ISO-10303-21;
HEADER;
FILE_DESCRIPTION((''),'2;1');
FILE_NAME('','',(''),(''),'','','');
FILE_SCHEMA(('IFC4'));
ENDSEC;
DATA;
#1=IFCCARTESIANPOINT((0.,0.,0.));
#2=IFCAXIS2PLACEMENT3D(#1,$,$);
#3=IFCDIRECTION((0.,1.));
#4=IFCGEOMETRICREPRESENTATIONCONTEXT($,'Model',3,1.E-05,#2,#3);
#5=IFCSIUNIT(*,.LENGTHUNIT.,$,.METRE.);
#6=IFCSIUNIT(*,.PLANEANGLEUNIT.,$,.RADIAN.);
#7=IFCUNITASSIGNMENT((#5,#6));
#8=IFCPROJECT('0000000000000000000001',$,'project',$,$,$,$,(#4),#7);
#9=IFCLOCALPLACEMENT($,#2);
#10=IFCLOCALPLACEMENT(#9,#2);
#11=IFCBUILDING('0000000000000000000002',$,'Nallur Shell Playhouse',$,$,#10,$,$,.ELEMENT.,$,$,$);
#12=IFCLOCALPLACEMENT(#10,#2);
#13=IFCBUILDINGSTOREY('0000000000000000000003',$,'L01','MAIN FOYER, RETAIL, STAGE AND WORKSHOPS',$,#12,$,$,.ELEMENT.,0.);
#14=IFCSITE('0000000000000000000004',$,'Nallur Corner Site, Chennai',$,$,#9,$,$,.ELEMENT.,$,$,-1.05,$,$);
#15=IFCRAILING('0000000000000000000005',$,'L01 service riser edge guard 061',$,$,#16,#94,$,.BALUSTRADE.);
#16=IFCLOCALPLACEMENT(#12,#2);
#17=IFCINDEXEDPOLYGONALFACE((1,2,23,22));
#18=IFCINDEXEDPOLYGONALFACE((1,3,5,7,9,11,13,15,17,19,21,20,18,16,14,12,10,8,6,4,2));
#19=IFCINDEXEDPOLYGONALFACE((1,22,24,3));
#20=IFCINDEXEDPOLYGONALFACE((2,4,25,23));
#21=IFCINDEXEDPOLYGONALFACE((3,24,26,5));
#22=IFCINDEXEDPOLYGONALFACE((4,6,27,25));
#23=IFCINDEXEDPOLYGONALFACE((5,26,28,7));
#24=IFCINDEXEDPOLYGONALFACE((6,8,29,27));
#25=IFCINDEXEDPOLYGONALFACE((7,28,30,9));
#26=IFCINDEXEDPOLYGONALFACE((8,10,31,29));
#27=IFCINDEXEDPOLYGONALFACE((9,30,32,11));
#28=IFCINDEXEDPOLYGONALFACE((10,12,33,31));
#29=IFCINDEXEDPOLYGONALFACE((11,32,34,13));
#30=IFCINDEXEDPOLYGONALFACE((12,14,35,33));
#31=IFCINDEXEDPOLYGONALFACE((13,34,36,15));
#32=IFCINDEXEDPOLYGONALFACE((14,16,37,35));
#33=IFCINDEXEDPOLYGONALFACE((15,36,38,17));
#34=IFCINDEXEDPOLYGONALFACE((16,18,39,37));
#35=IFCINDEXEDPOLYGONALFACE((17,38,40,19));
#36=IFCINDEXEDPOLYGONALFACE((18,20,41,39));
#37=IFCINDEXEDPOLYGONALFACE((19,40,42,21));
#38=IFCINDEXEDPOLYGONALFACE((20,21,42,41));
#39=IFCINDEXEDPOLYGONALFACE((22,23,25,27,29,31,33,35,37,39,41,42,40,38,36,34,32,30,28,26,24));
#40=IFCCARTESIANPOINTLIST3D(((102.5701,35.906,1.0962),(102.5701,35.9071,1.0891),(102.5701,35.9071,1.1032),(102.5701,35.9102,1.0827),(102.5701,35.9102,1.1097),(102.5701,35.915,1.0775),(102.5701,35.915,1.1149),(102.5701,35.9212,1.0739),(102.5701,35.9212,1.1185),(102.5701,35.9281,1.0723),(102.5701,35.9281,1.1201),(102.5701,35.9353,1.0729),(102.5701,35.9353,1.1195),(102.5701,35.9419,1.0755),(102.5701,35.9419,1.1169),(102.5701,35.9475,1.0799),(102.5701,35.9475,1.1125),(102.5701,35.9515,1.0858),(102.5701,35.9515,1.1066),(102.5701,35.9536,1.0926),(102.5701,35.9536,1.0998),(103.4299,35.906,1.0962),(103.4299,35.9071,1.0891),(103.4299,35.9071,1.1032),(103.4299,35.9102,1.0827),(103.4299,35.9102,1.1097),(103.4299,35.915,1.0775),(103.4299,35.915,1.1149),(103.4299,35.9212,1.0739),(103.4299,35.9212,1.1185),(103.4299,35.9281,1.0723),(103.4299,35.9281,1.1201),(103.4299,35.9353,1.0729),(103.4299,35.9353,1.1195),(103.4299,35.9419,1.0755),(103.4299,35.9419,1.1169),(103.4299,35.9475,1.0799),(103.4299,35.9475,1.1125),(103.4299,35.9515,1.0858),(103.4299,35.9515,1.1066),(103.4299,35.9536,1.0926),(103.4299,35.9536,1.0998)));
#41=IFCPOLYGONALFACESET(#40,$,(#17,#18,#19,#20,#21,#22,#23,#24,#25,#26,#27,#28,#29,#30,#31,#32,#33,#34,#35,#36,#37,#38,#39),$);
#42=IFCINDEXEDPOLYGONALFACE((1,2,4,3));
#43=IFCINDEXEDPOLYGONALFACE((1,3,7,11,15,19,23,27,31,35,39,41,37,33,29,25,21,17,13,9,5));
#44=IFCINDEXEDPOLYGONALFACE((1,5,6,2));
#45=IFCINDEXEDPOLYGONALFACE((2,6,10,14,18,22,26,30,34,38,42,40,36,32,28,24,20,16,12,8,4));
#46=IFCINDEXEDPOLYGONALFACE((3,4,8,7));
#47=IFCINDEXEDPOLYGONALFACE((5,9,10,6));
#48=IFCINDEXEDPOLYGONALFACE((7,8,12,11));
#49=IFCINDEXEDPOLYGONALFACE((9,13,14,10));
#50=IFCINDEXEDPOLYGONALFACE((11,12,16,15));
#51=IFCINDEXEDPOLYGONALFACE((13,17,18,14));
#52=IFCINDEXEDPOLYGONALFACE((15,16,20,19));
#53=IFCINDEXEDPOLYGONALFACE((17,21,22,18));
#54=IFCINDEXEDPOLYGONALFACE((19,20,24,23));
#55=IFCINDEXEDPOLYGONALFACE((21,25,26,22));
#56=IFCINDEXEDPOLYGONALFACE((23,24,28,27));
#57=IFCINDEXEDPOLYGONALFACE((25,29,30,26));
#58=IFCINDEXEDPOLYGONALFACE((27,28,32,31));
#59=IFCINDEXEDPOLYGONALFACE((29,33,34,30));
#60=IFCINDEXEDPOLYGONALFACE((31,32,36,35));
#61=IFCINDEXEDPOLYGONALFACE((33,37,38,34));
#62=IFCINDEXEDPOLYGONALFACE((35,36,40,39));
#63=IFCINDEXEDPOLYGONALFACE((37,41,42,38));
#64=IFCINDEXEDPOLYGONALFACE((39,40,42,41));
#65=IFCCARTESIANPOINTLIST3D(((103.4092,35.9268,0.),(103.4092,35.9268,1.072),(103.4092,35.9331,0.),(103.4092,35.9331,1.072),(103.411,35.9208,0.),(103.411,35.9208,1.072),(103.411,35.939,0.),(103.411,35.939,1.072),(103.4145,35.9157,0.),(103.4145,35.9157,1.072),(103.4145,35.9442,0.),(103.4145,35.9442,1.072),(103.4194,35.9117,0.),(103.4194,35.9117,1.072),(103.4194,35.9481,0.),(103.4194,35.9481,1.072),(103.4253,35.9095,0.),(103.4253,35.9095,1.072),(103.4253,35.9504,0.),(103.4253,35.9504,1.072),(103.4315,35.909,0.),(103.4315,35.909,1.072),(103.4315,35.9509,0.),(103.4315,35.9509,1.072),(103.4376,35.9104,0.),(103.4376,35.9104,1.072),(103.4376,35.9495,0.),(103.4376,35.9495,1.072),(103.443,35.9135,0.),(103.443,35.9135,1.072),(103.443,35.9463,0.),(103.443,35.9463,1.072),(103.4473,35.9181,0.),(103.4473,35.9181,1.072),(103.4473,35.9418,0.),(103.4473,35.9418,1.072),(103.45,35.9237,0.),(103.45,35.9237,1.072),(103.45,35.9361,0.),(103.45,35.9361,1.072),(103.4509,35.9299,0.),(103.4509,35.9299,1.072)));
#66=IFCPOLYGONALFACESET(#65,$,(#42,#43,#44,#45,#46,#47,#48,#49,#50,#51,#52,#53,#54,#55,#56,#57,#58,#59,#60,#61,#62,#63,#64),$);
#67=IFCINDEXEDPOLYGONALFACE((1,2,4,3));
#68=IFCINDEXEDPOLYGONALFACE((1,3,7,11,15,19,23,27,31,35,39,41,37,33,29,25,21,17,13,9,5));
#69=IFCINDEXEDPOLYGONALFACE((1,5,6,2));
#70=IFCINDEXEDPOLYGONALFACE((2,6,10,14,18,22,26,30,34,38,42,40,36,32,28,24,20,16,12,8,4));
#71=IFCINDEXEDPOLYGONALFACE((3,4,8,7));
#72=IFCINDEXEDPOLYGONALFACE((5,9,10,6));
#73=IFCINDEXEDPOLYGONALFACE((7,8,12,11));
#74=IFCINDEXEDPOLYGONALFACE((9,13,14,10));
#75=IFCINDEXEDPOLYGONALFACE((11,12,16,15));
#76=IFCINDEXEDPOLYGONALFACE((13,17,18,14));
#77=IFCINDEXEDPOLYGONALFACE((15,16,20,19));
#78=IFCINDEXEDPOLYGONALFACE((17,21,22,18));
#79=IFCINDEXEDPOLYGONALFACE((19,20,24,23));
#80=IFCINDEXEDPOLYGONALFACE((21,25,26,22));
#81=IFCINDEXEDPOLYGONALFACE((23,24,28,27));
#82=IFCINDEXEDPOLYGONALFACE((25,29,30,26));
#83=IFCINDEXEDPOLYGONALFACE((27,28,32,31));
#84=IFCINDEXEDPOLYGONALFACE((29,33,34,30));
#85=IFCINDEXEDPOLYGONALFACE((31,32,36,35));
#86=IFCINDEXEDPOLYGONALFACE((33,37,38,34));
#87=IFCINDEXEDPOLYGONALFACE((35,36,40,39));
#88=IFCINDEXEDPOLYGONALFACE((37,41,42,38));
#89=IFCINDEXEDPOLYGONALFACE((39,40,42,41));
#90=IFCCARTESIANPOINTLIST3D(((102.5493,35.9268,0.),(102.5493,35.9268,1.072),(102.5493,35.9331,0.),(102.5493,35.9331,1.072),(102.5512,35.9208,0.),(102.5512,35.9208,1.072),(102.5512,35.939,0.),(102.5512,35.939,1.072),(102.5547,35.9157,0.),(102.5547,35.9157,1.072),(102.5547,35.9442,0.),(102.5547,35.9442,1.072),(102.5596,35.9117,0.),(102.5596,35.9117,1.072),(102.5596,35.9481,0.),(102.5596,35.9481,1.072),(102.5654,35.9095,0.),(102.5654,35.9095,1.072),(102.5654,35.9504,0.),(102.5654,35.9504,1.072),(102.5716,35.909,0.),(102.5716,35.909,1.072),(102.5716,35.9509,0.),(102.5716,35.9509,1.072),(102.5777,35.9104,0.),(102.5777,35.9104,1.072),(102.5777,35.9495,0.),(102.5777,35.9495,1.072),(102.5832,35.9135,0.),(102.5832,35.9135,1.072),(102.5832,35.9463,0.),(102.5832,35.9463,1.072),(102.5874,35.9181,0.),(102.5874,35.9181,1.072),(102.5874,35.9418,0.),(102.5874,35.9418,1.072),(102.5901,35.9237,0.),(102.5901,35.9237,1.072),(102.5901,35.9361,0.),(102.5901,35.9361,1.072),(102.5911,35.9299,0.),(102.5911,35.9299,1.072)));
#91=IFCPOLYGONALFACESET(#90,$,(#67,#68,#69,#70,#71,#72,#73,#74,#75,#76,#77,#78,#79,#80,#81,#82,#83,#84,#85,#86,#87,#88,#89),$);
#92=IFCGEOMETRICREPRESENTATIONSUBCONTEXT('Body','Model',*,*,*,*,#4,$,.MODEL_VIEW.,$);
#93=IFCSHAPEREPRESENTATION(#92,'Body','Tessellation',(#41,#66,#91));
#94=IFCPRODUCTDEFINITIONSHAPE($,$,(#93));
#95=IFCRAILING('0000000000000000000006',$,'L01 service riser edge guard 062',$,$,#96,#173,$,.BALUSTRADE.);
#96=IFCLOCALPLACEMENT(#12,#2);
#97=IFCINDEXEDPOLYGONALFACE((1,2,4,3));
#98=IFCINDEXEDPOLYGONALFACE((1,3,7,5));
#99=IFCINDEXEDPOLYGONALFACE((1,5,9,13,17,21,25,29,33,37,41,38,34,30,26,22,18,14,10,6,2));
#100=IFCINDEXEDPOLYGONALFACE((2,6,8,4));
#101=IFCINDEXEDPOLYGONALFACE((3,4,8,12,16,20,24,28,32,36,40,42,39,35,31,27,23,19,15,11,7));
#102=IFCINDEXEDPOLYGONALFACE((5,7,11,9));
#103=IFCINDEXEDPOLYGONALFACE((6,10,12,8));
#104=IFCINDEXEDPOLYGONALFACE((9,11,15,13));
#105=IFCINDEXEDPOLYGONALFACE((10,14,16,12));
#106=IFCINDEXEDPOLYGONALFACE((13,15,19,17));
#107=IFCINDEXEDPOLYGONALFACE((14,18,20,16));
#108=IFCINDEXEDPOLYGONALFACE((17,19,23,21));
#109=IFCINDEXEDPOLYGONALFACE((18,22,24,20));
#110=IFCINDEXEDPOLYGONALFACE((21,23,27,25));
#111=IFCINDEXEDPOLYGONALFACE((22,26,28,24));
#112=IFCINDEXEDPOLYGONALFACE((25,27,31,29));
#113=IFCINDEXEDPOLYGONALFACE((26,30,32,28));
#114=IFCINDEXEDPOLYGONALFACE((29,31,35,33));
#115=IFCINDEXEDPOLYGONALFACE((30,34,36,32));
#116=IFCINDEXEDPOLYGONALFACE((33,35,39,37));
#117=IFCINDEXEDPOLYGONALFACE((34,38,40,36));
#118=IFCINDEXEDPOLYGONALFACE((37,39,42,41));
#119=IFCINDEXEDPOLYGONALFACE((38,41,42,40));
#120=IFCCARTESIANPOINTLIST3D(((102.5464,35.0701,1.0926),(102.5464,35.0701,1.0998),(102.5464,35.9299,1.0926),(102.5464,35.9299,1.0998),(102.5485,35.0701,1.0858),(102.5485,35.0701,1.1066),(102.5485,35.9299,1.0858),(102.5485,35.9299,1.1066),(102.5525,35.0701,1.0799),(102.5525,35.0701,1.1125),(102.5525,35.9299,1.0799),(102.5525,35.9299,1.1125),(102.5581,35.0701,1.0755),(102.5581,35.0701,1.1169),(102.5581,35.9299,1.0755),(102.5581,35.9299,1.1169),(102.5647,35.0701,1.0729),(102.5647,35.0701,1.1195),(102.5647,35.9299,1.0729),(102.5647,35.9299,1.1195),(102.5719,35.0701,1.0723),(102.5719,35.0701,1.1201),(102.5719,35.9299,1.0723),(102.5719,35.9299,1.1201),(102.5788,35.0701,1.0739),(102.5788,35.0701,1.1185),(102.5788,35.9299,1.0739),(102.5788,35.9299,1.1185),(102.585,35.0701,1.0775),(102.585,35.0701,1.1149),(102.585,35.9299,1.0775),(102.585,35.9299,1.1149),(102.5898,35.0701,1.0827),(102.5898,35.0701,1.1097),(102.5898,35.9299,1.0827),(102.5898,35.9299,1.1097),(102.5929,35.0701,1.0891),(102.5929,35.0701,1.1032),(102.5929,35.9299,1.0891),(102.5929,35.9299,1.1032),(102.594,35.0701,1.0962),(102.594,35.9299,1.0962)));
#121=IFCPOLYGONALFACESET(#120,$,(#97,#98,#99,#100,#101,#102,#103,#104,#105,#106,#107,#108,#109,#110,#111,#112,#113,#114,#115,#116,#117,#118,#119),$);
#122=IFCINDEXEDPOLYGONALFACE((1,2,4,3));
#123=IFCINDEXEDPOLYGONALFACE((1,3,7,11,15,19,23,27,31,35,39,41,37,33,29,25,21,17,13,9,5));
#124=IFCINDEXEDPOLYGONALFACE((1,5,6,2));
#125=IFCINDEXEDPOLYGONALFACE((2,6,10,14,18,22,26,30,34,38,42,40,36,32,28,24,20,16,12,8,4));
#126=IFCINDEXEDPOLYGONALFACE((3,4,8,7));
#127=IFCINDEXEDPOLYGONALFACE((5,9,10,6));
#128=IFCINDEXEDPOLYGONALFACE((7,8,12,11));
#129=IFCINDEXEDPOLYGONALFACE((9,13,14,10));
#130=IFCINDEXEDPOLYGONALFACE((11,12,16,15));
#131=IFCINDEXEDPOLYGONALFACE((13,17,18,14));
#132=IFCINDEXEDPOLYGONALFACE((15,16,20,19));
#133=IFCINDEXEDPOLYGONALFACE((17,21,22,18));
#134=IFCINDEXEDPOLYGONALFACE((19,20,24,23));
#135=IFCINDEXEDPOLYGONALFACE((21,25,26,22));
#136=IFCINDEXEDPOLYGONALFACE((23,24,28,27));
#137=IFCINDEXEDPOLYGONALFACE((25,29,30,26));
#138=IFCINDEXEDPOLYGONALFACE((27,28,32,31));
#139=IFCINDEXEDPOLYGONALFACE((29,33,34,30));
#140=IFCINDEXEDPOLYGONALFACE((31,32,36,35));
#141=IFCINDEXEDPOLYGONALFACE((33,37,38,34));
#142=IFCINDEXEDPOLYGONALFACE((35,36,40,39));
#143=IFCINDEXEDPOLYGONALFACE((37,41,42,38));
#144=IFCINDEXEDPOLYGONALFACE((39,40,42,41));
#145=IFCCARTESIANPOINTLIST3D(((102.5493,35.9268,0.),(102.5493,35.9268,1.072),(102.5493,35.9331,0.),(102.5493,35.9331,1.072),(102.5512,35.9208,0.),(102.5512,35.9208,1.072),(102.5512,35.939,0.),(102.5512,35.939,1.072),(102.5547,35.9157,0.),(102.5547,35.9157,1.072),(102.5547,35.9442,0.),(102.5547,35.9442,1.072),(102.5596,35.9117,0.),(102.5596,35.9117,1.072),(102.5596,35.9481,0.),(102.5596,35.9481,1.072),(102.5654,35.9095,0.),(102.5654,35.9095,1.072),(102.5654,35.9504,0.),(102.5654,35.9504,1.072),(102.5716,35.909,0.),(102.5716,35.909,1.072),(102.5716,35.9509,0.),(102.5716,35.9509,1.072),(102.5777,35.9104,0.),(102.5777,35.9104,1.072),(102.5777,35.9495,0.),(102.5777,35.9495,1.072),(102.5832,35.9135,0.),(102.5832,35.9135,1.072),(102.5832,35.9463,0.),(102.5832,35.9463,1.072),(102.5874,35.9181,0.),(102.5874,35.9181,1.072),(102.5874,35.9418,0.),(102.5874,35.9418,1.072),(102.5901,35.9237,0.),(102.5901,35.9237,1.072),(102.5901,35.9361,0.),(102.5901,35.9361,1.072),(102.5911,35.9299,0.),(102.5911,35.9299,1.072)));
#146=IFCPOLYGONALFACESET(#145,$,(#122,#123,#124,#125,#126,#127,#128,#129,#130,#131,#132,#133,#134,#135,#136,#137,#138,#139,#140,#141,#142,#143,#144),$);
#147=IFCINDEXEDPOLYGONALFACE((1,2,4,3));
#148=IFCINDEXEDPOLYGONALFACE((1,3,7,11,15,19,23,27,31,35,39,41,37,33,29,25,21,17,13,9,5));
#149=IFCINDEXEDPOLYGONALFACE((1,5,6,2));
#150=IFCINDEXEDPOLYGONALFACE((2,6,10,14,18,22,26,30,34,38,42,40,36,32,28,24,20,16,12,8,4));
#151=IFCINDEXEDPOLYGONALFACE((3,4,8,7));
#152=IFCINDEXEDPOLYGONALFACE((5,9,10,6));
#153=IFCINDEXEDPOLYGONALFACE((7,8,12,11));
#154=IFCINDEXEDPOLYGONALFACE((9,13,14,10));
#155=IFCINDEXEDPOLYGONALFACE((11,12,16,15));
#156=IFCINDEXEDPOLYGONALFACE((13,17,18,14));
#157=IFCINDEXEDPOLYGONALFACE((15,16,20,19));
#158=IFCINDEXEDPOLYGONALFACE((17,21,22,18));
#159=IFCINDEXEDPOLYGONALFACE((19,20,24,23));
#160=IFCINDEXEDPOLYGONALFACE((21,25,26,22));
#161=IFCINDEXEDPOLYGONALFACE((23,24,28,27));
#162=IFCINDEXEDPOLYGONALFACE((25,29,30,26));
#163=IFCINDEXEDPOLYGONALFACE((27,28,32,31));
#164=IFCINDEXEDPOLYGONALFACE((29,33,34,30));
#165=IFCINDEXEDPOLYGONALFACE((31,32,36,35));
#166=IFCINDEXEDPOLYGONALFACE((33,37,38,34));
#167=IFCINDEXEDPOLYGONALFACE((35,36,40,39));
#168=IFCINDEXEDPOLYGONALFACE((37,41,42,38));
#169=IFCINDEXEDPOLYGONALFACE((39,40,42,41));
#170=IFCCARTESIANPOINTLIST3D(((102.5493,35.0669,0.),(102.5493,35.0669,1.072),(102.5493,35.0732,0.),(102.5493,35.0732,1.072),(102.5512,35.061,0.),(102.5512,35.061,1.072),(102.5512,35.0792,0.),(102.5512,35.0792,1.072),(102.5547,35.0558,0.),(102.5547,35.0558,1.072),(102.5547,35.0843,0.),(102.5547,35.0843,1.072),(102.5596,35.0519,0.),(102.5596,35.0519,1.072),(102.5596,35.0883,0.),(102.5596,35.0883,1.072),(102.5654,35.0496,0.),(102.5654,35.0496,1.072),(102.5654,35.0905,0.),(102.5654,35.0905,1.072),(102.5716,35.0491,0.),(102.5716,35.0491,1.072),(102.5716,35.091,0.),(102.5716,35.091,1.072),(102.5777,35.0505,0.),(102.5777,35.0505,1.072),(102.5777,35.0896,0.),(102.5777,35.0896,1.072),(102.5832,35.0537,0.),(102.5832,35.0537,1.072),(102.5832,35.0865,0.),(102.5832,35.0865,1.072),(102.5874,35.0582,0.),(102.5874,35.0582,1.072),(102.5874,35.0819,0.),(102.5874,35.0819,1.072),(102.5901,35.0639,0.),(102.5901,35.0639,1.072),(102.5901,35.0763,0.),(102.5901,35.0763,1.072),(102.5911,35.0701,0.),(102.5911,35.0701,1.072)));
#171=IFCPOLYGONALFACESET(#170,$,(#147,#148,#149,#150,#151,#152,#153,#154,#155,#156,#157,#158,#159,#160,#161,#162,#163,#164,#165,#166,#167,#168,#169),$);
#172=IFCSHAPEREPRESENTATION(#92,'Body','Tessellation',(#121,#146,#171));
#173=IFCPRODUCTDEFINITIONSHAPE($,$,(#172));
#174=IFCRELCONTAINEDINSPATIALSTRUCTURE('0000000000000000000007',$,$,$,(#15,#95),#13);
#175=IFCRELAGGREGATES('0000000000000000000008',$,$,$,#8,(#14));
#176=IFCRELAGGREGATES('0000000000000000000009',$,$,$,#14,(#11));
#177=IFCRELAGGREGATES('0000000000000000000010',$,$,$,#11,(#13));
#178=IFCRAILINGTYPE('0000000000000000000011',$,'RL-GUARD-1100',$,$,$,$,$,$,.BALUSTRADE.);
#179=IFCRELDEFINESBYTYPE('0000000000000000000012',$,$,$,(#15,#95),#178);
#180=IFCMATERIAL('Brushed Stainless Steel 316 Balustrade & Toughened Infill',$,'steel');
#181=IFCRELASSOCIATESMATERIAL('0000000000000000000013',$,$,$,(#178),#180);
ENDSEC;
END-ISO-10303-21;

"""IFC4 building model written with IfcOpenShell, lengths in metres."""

from ifc_helpers import new_model, si_unit, direction, frame, origin, origin_2d, place, context, subcontext, project, spatial, circle, extrude, material, type_object, element, save


model = new_model("IFC4")

# Units and contexts
model_context = context("Model", 3, precision=1e-05, world=origin(), true_north=direction((0.0, 1.0)))
body_context = subcontext(model_context, "Body", "Model", "MODEL_VIEW")
ifc_project = project(units=[si_unit("LENGTHUNIT", "METRE"), si_unit("PLANEANGLEUNIT", "RADIAN")], contexts=[model_context])

# Site, building, storey
site_placement = place(None, origin())
site = spatial("IfcSite", under=ifc_project, at=site_placement, Name="Nallur Corner Site, Chennai", CompositionType="ELEMENT", RefElevation=-1.05)
building_placement = place(site_placement, origin())
building = spatial("IfcBuilding", under=site, at=building_placement, Name="Nallur Shell Playhouse", CompositionType="ELEMENT")
storey_placement = place(building_placement, origin())
storey = spatial("IfcBuildingStorey", under=building, at=storey_placement, Name="L01", Description="MAIN FOYER, RETAIL, STAGE AND WORKSHOPS", CompositionType="ELEMENT", Elevation=0.0)

# Railings
ifc_material_1 = material(Name="Brushed Stainless Steel 316 Balustrade & Toughened Infill", Category="steel")
railing_type = type_object("IfcRailingType", Name="RL-GUARD-1100", PredefinedType="BALUSTRADE", material=ifc_material_1)
railing_1_placement = place(storey_placement, frame((103.4299, 35.9299, 0.0)))
element("IfcRailing", 1, at=railing_1_placement, inside=storey, type_object=railing_type, Name="L01 service riser edge guard 061", PredefinedType="BALUSTRADE", context=body_context, shape_type="SweptSolid", body=[
    extrude(circle(Radius=0.0239, at=origin_2d()), frame((0.0, 0.0, 1.0962), z_axis=(-1.0, 0.0, 0.0), x_axis=(0.0, -1.0, 0.0)), (0.0, 0.0, 1.0), 0.8599),
    extrude(circle(Radius=0.021, at=origin_2d()), origin(), (0.0, 0.0, 1.0), 1.072),
    extrude(circle(Radius=0.021, at=origin_2d()), frame((-0.8599, 0.0, 0.0)), (0.0, 0.0, 1.0), 1.072),
])
railing_2_placement = place(storey_placement, frame((102.5701, 35.9299, 0.0)))
element("IfcRailing", 2, at=railing_2_placement, inside=storey, type_object=railing_type, Name="L01 service riser edge guard 062", PredefinedType="BALUSTRADE", context=body_context, shape_type="SweptSolid", body=[
    extrude(circle(Radius=0.0239, at=origin_2d()), frame((0.0, 0.0, 1.0962), z_axis=(0.0, -1.0, 0.0), x_axis=(1.0, 0.0, 0.0)), (0.0, 0.0, 1.0), 0.8599),
    extrude(circle(Radius=0.021, at=origin_2d()), origin(), (0.0, 0.0, 1.0), 1.072),
    extrude(circle(Radius=0.021, at=origin_2d()), frame((0.0, -0.8599, 0.0)), (0.0, 0.0, 1.0), 1.072),
])

save(model, "model.ifc")
